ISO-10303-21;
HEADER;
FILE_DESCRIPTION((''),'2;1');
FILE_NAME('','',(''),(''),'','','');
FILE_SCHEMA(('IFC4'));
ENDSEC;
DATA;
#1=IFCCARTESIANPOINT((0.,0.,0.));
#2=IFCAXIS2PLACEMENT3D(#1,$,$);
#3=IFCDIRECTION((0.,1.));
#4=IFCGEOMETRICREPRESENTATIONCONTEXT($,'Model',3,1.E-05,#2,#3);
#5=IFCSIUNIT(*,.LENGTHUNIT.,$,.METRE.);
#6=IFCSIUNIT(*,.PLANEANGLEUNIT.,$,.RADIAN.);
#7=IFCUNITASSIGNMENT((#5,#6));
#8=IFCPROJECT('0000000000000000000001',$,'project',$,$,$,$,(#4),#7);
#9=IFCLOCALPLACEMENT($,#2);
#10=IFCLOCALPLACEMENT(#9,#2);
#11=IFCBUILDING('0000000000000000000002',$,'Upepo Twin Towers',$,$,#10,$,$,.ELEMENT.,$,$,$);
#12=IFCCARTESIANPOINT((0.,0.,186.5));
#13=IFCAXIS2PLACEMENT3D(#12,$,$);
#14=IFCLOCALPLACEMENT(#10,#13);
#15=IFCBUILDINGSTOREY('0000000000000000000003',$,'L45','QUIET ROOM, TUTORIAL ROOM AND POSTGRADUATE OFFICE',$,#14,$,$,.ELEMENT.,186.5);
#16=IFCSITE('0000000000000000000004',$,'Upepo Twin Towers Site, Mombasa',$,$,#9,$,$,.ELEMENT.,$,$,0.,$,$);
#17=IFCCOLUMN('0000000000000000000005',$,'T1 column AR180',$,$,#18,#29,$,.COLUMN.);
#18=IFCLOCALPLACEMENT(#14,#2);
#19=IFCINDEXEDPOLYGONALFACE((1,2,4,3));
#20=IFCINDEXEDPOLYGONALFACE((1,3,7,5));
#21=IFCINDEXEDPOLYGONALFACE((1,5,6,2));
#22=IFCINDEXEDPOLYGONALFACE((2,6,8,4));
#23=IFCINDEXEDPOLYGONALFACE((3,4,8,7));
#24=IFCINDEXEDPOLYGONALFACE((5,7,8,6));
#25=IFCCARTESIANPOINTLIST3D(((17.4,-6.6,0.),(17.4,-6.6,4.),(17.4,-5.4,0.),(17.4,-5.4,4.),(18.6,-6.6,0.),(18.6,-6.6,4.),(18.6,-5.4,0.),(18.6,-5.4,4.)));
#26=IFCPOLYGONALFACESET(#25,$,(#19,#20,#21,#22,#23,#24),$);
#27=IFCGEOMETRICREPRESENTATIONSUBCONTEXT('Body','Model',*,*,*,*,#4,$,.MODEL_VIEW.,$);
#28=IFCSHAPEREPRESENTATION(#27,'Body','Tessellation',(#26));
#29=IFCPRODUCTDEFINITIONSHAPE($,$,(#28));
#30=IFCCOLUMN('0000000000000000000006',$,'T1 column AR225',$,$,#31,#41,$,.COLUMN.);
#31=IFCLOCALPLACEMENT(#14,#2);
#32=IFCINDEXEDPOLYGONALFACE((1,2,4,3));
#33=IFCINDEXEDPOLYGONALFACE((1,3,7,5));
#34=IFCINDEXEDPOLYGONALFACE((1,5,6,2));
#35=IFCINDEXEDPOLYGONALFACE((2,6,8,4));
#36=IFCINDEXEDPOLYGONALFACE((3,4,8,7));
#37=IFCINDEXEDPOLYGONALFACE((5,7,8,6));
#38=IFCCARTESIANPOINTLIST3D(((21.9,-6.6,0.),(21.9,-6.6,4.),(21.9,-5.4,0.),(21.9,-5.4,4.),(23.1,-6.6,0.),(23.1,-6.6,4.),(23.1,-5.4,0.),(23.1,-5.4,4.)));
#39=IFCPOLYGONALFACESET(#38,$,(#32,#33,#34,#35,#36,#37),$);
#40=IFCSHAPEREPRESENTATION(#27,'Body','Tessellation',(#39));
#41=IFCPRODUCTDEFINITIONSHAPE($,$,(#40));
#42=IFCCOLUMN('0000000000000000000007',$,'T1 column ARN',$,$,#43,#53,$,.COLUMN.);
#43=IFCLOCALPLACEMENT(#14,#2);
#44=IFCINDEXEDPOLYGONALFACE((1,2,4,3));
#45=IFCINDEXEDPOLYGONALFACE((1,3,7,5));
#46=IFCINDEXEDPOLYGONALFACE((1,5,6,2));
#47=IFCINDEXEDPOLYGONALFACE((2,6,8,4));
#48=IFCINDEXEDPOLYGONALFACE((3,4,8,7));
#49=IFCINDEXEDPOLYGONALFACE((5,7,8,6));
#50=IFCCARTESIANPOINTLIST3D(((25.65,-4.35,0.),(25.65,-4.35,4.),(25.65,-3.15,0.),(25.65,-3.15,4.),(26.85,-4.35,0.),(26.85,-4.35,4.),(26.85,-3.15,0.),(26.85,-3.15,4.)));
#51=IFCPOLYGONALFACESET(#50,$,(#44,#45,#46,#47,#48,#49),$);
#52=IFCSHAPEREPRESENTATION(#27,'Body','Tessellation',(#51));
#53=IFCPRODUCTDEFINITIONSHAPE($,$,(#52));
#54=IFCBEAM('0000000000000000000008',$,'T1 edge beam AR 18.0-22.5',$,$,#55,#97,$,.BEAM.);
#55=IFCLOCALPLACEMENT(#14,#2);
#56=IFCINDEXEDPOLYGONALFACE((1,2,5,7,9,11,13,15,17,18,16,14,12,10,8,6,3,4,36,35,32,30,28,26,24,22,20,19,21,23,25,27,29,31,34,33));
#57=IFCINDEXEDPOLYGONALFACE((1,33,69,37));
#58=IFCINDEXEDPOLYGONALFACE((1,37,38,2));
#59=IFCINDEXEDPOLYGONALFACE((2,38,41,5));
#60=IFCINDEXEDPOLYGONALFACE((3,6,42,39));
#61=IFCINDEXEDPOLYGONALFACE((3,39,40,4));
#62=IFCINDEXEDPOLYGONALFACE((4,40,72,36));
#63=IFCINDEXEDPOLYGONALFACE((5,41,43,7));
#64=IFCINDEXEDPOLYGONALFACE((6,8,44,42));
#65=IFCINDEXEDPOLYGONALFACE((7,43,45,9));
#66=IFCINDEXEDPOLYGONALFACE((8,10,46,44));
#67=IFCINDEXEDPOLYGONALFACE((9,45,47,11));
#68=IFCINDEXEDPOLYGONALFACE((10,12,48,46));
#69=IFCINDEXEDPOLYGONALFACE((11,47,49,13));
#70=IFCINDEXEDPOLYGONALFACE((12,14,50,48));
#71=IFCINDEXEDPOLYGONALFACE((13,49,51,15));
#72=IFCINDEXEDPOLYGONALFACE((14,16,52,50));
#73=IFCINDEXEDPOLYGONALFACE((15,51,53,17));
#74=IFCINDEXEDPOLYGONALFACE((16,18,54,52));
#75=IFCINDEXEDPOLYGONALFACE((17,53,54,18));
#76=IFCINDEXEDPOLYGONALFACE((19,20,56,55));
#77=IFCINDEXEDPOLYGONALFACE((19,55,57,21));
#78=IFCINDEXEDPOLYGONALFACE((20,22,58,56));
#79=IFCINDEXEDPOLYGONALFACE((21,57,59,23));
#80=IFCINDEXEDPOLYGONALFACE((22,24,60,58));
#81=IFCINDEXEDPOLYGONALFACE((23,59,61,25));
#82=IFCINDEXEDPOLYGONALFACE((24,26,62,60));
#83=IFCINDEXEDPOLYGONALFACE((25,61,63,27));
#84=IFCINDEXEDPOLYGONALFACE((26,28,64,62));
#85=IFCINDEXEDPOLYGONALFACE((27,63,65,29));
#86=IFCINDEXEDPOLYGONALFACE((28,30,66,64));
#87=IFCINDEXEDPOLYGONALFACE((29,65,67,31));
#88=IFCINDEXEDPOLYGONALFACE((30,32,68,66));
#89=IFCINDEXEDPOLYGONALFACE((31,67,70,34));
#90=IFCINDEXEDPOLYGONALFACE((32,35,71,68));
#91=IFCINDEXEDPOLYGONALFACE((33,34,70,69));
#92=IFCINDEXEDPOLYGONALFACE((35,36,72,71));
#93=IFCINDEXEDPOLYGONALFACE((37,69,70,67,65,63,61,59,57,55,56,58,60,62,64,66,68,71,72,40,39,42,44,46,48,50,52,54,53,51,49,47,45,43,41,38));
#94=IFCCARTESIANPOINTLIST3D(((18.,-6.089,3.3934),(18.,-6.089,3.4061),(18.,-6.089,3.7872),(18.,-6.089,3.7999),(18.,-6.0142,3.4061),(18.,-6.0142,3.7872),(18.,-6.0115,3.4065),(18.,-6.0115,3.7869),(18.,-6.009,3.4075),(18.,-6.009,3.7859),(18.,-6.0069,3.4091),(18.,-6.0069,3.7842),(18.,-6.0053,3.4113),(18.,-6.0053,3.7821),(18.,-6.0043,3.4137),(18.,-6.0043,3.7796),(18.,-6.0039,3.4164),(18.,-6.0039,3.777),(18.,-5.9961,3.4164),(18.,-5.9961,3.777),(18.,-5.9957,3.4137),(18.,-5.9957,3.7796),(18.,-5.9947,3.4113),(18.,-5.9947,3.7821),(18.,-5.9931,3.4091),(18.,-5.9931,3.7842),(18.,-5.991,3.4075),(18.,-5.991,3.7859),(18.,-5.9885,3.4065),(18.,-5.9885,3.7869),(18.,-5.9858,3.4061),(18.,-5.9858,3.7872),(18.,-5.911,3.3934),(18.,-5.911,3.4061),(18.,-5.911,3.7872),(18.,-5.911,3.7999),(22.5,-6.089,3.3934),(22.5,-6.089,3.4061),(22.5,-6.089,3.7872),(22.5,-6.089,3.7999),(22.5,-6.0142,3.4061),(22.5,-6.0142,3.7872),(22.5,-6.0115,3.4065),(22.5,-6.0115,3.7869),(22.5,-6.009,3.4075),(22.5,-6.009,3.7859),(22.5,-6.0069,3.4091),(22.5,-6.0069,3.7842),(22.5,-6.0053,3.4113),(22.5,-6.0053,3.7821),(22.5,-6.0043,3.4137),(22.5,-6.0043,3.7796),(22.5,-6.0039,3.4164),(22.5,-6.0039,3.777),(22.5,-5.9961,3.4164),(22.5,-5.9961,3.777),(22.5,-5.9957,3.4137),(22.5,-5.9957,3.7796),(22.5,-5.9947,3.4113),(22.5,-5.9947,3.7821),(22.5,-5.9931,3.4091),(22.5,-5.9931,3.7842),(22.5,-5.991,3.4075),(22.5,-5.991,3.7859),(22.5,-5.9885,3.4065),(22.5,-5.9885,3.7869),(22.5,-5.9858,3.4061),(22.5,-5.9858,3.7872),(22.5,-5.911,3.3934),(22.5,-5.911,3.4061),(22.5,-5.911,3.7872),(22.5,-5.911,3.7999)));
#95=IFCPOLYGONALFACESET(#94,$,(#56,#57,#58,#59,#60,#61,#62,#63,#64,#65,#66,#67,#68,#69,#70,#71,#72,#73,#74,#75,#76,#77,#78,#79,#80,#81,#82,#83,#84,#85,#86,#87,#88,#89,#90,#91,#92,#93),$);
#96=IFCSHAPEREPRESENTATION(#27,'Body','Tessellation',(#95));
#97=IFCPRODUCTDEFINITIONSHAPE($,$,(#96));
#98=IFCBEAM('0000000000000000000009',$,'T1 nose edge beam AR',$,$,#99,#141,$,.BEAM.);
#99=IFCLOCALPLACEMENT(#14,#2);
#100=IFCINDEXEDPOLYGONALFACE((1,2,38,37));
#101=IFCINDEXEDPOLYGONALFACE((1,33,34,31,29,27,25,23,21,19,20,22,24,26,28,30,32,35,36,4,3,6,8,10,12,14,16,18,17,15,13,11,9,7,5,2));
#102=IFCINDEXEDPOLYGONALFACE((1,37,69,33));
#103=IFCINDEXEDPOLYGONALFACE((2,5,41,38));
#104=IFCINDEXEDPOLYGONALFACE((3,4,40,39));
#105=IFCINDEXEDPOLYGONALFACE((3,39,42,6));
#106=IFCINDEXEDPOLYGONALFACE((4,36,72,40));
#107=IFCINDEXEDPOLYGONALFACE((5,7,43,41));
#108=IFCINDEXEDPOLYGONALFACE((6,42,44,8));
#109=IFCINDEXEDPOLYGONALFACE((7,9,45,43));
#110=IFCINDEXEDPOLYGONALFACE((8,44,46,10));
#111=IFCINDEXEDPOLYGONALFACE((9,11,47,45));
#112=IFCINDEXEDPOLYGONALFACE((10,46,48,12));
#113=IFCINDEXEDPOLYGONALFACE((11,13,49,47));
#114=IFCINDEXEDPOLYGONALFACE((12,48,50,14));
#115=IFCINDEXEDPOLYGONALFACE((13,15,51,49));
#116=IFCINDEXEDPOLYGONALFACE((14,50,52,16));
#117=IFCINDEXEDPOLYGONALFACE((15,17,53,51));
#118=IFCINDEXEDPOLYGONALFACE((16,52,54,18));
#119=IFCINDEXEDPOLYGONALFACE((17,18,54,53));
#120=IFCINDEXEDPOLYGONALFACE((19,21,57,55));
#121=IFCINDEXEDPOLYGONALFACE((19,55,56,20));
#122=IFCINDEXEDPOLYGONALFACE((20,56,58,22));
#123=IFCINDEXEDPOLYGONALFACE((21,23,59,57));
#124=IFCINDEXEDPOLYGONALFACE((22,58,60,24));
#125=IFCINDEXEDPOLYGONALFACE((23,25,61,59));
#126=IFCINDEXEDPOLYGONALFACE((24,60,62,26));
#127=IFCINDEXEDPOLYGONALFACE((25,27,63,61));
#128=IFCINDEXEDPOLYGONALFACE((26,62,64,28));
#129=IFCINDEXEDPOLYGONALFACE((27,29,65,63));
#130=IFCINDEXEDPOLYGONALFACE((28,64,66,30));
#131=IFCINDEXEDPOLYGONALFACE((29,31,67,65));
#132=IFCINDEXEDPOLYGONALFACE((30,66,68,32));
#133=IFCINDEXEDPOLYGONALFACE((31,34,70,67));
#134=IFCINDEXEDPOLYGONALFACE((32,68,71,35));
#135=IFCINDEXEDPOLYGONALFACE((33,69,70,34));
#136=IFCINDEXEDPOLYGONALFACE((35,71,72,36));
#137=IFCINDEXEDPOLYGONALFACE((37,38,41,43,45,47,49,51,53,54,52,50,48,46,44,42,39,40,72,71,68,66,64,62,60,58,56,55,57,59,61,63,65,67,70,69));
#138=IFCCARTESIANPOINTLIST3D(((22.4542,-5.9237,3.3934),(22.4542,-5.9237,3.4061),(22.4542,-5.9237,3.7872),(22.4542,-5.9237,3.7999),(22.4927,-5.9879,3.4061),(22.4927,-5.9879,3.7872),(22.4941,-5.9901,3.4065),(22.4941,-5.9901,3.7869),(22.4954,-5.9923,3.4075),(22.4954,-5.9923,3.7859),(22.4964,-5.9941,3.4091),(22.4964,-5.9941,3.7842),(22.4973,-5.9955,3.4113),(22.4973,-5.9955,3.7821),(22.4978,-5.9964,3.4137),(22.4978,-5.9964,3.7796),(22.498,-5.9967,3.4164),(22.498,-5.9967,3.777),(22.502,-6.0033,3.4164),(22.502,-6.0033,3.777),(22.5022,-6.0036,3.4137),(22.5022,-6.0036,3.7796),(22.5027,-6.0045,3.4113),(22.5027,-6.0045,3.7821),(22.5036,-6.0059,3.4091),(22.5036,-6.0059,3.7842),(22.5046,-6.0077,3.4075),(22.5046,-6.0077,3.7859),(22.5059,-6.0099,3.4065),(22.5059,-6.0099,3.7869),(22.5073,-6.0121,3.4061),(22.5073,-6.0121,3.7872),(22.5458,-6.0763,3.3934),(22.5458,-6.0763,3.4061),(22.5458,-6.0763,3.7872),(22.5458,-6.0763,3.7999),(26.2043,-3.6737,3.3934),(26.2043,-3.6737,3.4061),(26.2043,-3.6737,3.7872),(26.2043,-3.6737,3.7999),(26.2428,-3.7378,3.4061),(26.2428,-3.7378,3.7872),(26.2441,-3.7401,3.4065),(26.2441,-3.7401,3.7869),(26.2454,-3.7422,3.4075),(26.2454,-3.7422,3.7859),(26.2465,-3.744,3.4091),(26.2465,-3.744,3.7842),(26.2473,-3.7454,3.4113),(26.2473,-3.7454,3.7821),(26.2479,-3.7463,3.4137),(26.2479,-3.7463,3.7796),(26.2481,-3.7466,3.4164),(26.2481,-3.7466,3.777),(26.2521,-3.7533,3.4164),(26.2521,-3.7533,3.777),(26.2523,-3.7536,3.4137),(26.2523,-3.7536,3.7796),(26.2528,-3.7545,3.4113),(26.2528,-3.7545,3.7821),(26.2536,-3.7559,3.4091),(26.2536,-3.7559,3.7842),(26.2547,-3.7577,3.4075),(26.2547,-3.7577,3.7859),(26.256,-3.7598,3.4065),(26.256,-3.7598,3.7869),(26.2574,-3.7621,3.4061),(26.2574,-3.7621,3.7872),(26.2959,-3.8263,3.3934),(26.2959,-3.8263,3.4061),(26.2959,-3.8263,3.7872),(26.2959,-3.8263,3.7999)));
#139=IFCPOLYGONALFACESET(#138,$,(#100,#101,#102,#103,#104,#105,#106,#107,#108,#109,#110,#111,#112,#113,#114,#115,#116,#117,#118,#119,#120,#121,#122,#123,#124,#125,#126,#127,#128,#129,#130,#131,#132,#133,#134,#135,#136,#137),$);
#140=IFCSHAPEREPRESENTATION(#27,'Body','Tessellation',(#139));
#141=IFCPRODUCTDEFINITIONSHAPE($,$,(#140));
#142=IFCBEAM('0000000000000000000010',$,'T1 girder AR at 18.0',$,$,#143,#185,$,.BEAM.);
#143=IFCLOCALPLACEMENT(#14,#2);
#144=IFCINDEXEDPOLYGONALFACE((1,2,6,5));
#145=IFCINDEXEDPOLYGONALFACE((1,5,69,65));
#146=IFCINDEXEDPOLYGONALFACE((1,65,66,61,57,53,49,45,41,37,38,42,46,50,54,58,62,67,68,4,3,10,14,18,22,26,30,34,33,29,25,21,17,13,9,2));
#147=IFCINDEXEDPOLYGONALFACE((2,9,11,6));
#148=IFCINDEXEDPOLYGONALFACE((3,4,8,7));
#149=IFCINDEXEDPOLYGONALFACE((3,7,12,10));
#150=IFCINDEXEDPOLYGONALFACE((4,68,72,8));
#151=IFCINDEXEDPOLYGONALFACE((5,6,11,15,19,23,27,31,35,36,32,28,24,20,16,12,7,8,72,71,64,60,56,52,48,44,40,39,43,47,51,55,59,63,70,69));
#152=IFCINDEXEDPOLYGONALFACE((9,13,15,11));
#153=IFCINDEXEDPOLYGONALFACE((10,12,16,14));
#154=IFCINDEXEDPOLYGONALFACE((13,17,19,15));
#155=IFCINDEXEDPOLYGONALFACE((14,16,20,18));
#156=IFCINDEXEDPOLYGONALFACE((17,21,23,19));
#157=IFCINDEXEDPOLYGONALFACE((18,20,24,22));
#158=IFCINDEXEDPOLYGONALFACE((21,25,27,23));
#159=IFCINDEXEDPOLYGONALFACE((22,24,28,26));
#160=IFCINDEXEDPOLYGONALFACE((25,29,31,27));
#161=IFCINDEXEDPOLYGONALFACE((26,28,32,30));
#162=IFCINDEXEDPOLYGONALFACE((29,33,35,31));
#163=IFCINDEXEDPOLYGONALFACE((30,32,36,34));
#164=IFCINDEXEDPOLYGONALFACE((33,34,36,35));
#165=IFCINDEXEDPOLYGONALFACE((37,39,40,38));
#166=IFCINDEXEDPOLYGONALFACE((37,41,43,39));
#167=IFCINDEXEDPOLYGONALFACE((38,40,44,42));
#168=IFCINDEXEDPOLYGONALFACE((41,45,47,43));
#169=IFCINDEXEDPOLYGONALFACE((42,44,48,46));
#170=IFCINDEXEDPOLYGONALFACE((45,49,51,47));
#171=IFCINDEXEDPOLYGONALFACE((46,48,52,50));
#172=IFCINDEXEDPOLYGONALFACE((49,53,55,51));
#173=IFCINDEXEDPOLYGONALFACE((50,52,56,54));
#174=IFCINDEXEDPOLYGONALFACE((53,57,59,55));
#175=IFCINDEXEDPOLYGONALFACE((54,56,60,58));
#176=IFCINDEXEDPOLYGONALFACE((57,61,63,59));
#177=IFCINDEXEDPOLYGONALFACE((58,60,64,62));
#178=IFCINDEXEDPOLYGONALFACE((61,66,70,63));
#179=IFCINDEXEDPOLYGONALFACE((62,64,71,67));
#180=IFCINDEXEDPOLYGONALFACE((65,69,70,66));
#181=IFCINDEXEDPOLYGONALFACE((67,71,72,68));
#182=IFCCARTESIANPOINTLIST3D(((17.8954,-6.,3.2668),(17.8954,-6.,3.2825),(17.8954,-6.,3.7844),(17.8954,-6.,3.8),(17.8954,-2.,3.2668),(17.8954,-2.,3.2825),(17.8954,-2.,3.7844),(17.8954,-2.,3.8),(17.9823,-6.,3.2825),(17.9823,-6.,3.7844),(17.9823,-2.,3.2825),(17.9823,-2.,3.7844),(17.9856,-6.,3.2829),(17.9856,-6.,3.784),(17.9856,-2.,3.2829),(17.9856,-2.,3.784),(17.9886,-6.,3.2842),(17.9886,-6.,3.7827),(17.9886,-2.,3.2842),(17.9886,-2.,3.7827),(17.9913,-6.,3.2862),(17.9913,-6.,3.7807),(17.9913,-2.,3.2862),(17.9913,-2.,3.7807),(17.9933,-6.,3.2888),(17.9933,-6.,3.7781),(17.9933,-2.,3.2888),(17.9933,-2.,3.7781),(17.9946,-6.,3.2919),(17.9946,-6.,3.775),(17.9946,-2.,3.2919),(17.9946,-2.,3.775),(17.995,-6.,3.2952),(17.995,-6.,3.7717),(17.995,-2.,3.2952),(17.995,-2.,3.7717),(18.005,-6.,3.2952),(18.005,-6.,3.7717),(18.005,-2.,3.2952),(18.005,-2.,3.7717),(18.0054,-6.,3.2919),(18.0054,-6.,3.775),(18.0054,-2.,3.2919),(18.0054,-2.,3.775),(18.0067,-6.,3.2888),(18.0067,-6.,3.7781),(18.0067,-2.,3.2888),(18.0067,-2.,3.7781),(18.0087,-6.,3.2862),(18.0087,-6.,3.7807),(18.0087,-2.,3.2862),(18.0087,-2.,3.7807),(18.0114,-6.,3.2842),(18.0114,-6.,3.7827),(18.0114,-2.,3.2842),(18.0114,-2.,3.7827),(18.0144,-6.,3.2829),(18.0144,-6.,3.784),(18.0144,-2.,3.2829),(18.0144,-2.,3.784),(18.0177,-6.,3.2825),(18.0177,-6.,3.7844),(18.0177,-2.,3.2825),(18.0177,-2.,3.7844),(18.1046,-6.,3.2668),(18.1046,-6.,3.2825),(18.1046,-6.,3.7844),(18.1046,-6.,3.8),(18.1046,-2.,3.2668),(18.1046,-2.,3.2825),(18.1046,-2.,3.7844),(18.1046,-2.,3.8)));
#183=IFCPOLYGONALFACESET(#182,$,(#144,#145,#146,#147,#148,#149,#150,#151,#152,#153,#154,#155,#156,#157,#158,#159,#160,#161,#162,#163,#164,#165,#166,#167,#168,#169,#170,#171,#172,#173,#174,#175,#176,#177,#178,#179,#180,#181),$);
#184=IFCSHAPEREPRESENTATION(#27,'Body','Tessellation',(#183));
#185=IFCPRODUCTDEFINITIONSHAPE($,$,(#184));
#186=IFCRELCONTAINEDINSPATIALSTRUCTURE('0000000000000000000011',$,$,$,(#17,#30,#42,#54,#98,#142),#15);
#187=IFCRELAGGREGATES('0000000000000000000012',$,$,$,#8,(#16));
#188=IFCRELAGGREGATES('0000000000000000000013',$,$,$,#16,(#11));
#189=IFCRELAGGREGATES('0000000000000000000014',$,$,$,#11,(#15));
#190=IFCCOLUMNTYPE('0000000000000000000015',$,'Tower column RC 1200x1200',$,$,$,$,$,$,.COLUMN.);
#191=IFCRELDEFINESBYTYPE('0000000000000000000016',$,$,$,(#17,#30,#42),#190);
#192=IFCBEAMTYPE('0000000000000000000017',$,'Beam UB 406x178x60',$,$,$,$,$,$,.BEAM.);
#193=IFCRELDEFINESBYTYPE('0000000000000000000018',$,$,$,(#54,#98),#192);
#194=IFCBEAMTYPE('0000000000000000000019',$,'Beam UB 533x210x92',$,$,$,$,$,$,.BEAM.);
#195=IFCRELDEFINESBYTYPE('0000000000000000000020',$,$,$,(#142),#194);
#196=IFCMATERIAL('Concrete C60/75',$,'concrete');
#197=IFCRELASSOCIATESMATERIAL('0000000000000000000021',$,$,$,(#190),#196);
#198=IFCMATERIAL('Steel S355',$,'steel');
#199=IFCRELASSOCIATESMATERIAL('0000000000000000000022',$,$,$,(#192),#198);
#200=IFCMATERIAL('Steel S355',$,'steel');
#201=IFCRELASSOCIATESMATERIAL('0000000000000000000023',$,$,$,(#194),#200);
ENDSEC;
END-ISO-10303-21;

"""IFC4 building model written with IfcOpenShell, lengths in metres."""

from ifc_helpers import new_model, si_unit, direction, frame, origin, origin_2d, place, context, subcontext, project, spatial, rectangle, i_section, extrude, material, material_profile, profile_set, type_object, element, save


model = new_model("IFC4")

# Units and contexts
model_context = context("Model", 3, precision=1e-05, world=origin(), true_north=direction((0.0, 1.0)))
body_context = subcontext(model_context, "Body", "Model", "MODEL_VIEW")
ifc_project = project(units=[si_unit("LENGTHUNIT", "METRE"), si_unit("PLANEANGLEUNIT", "RADIAN")], contexts=[model_context])

# Site, building, storey
site_placement = place(None, origin())
site = spatial("IfcSite", under=ifc_project, at=site_placement, Name="Upepo Twin Towers Site, Mombasa", CompositionType="ELEMENT", RefElevation=0.0)
building_placement = place(site_placement, origin())
building = spatial("IfcBuilding", under=site, at=building_placement, Name="Upepo Twin Towers", CompositionType="ELEMENT")
storey_placement = place(building_placement, frame((0.0, 0.0, 186.5)))
storey = spatial("IfcBuildingStorey", under=building, at=storey_placement, Name="L45", Description="QUIET ROOM, TUTORIAL ROOM AND POSTGRADUATE OFFICE", CompositionType="ELEMENT", Elevation=186.5)

# Columns
ifc_material_1 = material(Name="Concrete C60/75", Category="concrete")
ifc_material_profile_1 = material_profile(ifc_material_1, rectangle(XDim=1.2, YDim=1.2, at=origin_2d()), Name="RC 1200x1200")
ifc_profile_set_1 = profile_set([ifc_material_profile_1], Name="Concrete C60/75")
column_type = type_object("IfcColumnType", Name="Tower column RC 1200x1200", PredefinedType="COLUMN", material=ifc_profile_set_1)
for number, where, z_axis, x_axis, name in (
    (1, (18.0, -6.0, 0.0), (0.0, 0.0, 1.0), (1.0, 0.0, 0.0), "T1 column AR180"),
    (2, (22.5, -6.0, 0.0), (0.0, 0.0, 1.0), (1.0, 0.0, 0.0), "T1 column AR225"),
    (3, (26.25, -3.75, 0.0), (0.0, 0.0, 1.0), (1.0, 0.0, 0.0), "T1 column ARN"),
):
    element("IfcColumn", number, at=place(storey_placement, frame(where, z_axis=z_axis, x_axis=x_axis)), inside=storey, type_object=column_type, Name=name, PredefinedType="COLUMN", context=body_context, shape_type="SweptSolid", body=[
        extrude(rectangle(XDim=1.2, YDim=1.2, at=origin_2d()), origin(), (0.0, 0.0, 1.0), 4.0),
    ])

# Beams
ifc_material_2 = material(Name="Steel S355", Category="steel")
ifc_material_profile_2 = material_profile(ifc_material_2, i_section(OverallWidth=0.178, OverallDepth=0.4065, WebThickness=0.0078, FlangeThickness=0.0127, FilletRadius=0.0103, at=origin_2d()), Name="UB 406x178x60")
ifc_profile_set_2 = profile_set([ifc_material_profile_2], Name="Steel S355")
beam_type_1 = type_object("IfcBeamType", Name="Beam UB 406x178x60", PredefinedType="BEAM", material=ifc_profile_set_2)
beam_1_placement = place(storey_placement, frame((18.0, -6.0, 3.5967), z_axis=(1.0, 0.0, 0.0), x_axis=(0.0, 1.0, 0.0)))
element("IfcBeam", 4, at=beam_1_placement, inside=storey, type_object=beam_type_1, Name="T1 edge beam AR 18.0-22.5", PredefinedType="BEAM", context=body_context, shape_type="SweptSolid", body=[
    extrude(i_section(OverallWidth=0.178, OverallDepth=0.4065, WebThickness=0.0078, FlangeThickness=0.0127, FilletRadius=0.0103, at=origin_2d()), origin(), (0.0, 0.0, 1.0), 4.5),
])
beam_2_placement = place(storey_placement, frame((22.5, -6.0, 3.5967), z_axis=(0.857493, 0.514496, 0.0), x_axis=(-0.514496, 0.857493, 0.0)))
element("IfcBeam", 5, at=beam_2_placement, inside=storey, type_object=beam_type_1, Name="T1 nose edge beam AR", PredefinedType="BEAM", context=body_context, shape_type="SweptSolid", body=[
    extrude(i_section(OverallWidth=0.178, OverallDepth=0.4065, WebThickness=0.0078, FlangeThickness=0.0127, FilletRadius=0.0103, at=origin_2d()), origin(), (0.0, 0.0, 1.0), 4.3733),
])
ifc_material_3 = material(Name="Steel S355", Category="steel")
ifc_material_profile_3 = material_profile(ifc_material_3, i_section(OverallWidth=0.2092, OverallDepth=0.5332, WebThickness=0.01, FlangeThickness=0.0156, FilletRadius=0.0127, at=origin_2d()), Name="UB 533x210x92")
ifc_profile_set_3 = profile_set([ifc_material_profile_3], Name="Steel S355")
beam_type_2 = type_object("IfcBeamType", Name="Beam UB 533x210x92", PredefinedType="BEAM", material=ifc_profile_set_3)
for number, where, z_axis, x_axis, name in (
    (6, (18.0, -6.0, 3.5334), (0.0, 1.0, 0.0), (-1.0, 0.0, 0.0), "T1 girder AR at 18.0"),
):
    element("IfcBeam", number, at=place(storey_placement, frame(where, z_axis=z_axis, x_axis=x_axis)), inside=storey, type_object=beam_type_2, Name=name, PredefinedType="BEAM", context=body_context, shape_type="SweptSolid", body=[
        extrude(i_section(OverallWidth=0.2092, OverallDepth=0.5332, WebThickness=0.01, FlangeThickness=0.0156, FilletRadius=0.0127, at=origin_2d()), origin(), (0.0, 0.0, 1.0), 4.0),
    ])

save(model, "model.ifc")
